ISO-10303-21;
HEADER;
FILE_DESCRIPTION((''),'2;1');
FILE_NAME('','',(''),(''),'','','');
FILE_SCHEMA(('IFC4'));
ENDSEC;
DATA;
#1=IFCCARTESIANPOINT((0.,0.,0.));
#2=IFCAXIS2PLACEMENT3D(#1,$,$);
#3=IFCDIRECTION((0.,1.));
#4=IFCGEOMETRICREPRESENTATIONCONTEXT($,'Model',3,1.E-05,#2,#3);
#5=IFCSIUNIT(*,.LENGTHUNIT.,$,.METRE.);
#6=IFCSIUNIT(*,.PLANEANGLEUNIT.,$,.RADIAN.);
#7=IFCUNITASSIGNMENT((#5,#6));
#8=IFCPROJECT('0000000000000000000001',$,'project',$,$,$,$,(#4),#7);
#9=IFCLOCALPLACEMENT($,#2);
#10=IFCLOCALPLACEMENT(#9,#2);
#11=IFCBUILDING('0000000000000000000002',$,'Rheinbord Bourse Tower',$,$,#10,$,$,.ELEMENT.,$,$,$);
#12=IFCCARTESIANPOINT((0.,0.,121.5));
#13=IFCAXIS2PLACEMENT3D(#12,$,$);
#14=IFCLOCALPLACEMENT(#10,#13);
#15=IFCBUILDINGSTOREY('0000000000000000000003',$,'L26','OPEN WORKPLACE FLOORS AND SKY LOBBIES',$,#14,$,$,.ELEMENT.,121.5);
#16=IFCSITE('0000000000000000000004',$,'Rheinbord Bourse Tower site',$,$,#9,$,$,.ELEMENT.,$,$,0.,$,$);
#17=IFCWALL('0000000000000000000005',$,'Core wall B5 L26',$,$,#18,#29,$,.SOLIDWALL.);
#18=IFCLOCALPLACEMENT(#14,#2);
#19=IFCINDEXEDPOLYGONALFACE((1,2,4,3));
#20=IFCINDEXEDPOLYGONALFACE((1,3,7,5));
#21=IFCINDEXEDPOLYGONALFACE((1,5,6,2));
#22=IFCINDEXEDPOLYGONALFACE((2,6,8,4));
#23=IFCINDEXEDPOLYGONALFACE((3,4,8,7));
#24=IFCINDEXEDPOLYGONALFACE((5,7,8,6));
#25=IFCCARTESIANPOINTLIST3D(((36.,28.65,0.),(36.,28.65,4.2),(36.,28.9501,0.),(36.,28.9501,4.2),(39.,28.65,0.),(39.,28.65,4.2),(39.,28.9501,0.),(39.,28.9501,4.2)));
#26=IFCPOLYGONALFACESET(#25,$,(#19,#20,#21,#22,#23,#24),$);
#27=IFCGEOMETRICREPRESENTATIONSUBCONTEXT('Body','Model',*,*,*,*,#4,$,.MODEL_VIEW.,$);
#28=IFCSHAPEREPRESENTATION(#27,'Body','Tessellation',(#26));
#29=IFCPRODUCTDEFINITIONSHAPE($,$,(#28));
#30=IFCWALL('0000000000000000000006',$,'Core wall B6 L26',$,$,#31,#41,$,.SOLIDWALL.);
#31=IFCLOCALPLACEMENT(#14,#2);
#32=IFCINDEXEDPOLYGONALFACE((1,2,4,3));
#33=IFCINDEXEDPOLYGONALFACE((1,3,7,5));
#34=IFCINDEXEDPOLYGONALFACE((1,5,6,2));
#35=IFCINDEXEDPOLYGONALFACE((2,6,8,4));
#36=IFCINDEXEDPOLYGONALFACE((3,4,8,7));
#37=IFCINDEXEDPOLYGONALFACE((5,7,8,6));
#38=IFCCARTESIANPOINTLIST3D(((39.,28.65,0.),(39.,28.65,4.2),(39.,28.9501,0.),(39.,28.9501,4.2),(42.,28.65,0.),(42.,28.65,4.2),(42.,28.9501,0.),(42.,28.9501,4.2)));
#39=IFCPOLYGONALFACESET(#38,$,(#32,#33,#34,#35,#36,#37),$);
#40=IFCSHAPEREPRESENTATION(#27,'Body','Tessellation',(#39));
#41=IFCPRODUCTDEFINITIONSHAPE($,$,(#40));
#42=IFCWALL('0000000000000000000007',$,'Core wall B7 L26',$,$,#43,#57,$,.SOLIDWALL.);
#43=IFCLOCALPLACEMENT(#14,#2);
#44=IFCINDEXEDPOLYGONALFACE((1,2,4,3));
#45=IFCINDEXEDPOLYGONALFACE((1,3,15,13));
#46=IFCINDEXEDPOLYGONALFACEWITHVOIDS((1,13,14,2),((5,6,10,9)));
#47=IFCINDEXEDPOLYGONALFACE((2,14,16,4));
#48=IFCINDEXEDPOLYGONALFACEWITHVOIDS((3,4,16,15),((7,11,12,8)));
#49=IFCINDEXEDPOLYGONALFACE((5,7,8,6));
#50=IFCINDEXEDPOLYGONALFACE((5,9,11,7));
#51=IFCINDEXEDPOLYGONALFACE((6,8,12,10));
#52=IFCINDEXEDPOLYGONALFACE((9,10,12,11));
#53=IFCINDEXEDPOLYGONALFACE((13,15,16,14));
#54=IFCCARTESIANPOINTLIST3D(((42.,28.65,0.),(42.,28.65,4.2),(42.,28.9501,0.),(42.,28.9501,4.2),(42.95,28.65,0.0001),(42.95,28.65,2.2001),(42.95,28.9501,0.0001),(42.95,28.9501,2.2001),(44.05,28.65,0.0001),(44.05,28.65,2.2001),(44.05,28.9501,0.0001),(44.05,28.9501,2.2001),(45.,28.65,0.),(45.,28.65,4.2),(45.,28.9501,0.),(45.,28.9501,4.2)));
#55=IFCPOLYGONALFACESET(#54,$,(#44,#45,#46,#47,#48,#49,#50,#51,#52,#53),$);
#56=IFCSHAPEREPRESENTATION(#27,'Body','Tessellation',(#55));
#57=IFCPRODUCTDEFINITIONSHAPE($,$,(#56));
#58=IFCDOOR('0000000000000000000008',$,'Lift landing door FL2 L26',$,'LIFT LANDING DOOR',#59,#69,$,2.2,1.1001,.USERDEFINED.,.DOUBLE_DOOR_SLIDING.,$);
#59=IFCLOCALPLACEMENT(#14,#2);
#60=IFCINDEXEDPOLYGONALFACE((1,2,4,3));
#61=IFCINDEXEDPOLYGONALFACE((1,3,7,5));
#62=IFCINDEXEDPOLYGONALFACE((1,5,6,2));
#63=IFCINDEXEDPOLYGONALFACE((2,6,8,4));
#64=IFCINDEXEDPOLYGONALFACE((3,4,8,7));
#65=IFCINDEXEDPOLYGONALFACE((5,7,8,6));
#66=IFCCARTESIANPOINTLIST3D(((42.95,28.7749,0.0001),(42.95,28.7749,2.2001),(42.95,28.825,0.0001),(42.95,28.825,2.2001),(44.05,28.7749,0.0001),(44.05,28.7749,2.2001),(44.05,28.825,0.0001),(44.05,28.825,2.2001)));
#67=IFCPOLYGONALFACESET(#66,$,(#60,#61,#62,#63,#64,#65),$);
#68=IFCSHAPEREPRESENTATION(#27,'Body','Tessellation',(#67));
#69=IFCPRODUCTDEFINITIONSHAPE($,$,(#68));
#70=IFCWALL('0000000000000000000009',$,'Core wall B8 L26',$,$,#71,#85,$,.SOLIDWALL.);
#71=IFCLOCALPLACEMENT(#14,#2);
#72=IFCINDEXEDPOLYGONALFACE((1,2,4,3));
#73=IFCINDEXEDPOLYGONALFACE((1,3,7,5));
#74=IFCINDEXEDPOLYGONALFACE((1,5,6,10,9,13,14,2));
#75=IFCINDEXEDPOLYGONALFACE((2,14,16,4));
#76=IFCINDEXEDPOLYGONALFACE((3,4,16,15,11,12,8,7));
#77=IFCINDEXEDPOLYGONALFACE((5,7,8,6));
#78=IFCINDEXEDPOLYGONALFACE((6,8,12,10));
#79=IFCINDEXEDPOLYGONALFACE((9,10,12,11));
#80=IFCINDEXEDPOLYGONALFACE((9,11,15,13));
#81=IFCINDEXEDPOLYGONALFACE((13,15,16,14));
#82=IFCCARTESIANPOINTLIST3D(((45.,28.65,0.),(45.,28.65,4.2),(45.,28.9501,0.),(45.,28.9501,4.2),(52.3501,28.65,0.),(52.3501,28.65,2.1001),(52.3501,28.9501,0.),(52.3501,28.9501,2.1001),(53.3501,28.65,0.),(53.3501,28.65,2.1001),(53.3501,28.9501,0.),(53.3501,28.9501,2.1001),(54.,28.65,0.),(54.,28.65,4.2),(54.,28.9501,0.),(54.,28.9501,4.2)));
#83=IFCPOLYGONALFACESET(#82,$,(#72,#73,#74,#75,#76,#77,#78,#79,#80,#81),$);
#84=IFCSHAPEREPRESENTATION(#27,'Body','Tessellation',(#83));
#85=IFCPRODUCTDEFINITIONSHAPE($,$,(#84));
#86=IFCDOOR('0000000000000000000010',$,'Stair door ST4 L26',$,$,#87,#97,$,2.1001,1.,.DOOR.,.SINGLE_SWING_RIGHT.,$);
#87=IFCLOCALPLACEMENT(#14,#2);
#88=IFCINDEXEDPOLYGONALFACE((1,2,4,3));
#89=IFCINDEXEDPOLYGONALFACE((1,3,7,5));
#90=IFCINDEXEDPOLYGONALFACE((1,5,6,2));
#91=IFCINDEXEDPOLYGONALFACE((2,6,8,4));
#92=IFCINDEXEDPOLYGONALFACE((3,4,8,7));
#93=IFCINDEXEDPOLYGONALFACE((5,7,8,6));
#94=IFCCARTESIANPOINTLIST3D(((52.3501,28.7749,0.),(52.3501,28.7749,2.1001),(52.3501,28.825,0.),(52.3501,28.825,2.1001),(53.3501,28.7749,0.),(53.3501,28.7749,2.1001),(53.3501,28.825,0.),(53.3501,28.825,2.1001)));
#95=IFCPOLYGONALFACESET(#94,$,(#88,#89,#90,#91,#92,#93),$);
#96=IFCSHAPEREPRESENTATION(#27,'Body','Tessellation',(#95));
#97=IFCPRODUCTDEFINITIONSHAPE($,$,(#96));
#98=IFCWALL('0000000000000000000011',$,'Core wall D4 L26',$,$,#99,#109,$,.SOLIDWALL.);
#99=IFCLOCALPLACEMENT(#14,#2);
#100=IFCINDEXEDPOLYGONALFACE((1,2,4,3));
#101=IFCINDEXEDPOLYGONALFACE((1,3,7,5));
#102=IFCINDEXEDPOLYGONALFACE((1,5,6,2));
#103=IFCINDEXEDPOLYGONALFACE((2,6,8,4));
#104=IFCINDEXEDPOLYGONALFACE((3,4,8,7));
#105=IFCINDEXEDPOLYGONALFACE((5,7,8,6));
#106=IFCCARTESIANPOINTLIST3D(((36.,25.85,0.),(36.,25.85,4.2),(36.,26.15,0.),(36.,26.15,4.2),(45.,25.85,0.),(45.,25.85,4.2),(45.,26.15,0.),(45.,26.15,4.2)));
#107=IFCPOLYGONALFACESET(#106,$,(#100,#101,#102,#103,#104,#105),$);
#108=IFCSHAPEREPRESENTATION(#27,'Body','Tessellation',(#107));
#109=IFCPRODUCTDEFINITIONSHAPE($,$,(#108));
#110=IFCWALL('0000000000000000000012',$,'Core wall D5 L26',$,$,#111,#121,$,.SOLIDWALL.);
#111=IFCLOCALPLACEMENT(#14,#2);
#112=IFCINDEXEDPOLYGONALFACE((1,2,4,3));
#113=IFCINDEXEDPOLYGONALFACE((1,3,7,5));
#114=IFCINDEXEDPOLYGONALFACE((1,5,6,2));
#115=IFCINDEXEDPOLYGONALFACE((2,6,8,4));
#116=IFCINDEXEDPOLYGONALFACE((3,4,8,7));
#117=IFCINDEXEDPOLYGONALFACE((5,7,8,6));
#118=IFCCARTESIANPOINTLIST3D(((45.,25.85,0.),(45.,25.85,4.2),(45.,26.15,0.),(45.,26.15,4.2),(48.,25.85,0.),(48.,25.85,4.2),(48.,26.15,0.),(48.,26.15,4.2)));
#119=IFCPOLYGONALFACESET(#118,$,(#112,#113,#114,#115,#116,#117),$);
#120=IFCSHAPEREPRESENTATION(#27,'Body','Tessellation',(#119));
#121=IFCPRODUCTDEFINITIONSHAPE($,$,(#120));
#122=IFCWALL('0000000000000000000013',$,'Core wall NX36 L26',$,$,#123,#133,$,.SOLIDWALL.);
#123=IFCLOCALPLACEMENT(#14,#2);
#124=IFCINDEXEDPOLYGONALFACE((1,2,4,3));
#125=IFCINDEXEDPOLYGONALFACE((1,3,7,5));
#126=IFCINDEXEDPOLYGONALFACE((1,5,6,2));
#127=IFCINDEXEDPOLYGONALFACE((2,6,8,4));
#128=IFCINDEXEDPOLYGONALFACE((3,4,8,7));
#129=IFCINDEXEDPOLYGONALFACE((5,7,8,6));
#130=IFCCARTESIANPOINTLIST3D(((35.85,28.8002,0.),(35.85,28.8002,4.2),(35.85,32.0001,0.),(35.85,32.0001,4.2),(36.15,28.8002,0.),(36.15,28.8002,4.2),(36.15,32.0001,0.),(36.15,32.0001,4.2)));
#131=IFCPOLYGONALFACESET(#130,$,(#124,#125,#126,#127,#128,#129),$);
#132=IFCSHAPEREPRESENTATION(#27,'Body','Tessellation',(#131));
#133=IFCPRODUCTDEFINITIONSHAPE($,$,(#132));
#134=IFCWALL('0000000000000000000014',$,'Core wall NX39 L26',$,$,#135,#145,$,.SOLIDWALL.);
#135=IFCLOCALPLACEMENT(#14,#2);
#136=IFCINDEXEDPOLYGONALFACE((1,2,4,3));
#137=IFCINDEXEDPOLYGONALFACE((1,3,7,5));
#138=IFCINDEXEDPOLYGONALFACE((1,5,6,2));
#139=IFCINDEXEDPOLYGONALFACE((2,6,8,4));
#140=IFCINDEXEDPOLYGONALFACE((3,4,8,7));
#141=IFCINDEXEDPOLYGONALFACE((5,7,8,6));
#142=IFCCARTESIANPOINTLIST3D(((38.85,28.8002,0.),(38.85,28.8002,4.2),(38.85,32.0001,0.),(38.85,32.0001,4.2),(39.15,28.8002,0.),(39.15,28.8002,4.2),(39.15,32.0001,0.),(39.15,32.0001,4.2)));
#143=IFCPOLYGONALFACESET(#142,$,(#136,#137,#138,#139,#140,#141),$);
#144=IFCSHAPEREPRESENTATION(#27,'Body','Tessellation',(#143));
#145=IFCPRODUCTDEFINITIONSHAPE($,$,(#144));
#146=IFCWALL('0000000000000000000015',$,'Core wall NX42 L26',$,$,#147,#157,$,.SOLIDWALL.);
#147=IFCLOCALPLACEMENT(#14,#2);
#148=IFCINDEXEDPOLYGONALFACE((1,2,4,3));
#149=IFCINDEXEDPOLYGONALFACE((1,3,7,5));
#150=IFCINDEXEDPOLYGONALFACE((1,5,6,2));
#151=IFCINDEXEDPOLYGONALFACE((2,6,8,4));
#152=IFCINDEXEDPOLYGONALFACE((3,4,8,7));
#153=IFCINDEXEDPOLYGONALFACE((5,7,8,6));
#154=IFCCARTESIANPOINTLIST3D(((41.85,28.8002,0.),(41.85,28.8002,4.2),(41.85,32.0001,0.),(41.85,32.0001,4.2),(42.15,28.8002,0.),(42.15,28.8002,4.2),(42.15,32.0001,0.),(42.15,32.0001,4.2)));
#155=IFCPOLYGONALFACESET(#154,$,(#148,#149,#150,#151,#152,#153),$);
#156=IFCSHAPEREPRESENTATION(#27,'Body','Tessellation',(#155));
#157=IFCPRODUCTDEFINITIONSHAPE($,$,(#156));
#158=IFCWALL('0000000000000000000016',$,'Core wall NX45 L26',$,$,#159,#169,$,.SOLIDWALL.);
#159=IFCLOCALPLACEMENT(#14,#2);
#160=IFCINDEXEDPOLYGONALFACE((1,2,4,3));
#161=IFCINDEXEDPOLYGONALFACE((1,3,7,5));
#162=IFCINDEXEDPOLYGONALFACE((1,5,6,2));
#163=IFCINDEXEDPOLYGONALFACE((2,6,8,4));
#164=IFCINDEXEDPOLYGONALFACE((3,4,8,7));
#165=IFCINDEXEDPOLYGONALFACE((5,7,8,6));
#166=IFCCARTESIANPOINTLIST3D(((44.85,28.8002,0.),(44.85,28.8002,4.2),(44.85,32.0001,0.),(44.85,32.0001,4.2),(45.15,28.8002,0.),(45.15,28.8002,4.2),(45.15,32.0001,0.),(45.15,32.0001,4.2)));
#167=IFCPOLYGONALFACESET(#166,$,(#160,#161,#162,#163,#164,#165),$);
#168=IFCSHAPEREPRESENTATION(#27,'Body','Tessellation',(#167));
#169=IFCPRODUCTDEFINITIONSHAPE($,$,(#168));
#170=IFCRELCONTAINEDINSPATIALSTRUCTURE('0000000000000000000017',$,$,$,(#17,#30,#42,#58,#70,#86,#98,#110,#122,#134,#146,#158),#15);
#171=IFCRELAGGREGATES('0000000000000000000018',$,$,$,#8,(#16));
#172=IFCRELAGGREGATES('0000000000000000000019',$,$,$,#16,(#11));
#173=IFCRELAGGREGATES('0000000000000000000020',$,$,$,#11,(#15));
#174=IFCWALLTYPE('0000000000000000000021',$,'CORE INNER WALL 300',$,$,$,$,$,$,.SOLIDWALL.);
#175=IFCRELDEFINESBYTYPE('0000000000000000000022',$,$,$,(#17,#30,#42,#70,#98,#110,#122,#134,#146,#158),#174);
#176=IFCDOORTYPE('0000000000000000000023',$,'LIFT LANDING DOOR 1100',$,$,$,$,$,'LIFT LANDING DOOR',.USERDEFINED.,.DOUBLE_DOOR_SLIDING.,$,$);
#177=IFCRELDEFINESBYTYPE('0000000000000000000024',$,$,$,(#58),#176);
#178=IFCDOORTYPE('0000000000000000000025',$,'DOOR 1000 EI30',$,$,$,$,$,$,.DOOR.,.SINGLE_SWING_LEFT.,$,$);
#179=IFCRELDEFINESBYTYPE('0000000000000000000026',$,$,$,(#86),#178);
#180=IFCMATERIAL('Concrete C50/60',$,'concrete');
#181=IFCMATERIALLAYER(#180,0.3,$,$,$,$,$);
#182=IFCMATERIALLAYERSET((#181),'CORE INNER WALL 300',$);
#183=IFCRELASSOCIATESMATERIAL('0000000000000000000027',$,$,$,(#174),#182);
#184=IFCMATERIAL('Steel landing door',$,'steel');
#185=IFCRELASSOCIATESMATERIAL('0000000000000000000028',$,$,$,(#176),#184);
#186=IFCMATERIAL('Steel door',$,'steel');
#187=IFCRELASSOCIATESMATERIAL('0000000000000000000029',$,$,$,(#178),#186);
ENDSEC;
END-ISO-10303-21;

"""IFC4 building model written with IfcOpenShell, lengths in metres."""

from ifc_helpers import new_model, si_unit, direction, frame, frame_2d, origin, place, context, subcontext, project, spatial, rectangle, extrude, material, layer, layer_set, type_object, element, fill, save


model = new_model("IFC4")

# Units and contexts
model_context = context("Model", 3, precision=1e-05, world=origin(), true_north=direction((0.0, 1.0)))
body_context = subcontext(model_context, "Body", "Model", "MODEL_VIEW")
ifc_project = project(units=[si_unit("LENGTHUNIT", "METRE"), si_unit("PLANEANGLEUNIT", "RADIAN")], contexts=[model_context])

# Site, building, storey
site_placement = place(None, origin())
site = spatial("IfcSite", under=ifc_project, at=site_placement, Name="Rheinbord Bourse Tower site", CompositionType="ELEMENT", RefElevation=0.0)
building_placement = place(site_placement, origin())
building = spatial("IfcBuilding", under=site, at=building_placement, Name="Rheinbord Bourse Tower", CompositionType="ELEMENT")
storey_placement = place(building_placement, frame((0.0, 0.0, 121.5)))
storey = spatial("IfcBuildingStorey", under=building, at=storey_placement, Name="L26", Description="OPEN WORKPLACE FLOORS AND SKY LOBBIES", CompositionType="ELEMENT", Elevation=121.5)

# Walls
ifc_material_1 = material(Name="Concrete C50/60", Category="concrete")
ifc_layer_1 = layer(ifc_material_1, 0.3)
ifc_layer_set_1 = layer_set([ifc_layer_1], Name="CORE INNER WALL 300")
wall_type_1 = type_object("IfcWallType", Name="CORE INNER WALL 300", PredefinedType="SOLIDWALL", material=ifc_layer_set_1)
for number, where, z_axis, x_axis, name in (
    (1, (36.0, 28.8, 0.0), (0.0, 0.0, 1.0), (1.0, 0.0, 0.0), "Core wall B5 L26"),
    (2, (39.0, 28.8, 0.0), (0.0, 0.0, 1.0), (1.0, 0.0, 0.0), "Core wall B6 L26"),
):
    element("IfcWall", number, at=place(storey_placement, frame(where, z_axis=z_axis, x_axis=x_axis)), inside=storey, type_object=wall_type_1, Name=name, PredefinedType="SOLIDWALL", context=body_context, shape_type="SweptSolid", body=[
        extrude(rectangle(XDim=3.0, YDim=0.3, at=frame_2d((1.5, 0.0))), origin(), (0.0, 0.0, 1.0), 4.2),
    ])

# Walls, openings, doors
wall_1_placement = place(storey_placement, frame((42.0, 28.8, 0.0), z_axis=(0.0, 0.0, 1.0), x_axis=(1.0, 0.0, 0.0)))
wall_1 = element("IfcWall", 3, at=wall_1_placement, inside=storey, type_object=wall_type_1, Name="Core wall B7 L26", PredefinedType="SOLIDWALL", context=body_context, shape_type="SweptSolid", body=[
    extrude(rectangle(XDim=3.0, YDim=0.3, at=frame_2d((1.5, 0.0))), origin(), (0.0, 0.0, 1.0), 4.2),
])
opening_1_placement = place(wall_1_placement, frame((0.95, 0.0, 0.0)))
opening_1 = element("IfcOpeningElement", 4, at=opening_1_placement, cuts=wall_1, PredefinedType="OPENING", context=body_context, shape_type="SweptSolid", body=[
    extrude(rectangle(XDim=1.1001, YDim=2.2, at=frame_2d((0.55, 1.1001))), frame((0.0, 0.1599, 0.0), z_axis=(0.0, -1.0, 0.0), x_axis=(1.0, 0.0, 0.0)), (0.0, 0.0, 1.0), 0.3201),
])
ifc_material_2 = material(Name="Steel landing door", Category="steel")
door_type_1 = type_object("IfcDoorType", Name="LIFT LANDING DOOR 1100", ElementType="LIFT LANDING DOOR", OperationType="DOUBLE_DOOR_SLIDING", PredefinedType="USERDEFINED", material=ifc_material_2)
door_1_placement = place(opening_1_placement, origin())
door_1 = element("IfcDoor", 5, at=door_1_placement, inside=storey, type_object=door_type_1, Name="Lift landing door FL2 L26", ObjectType="LIFT LANDING DOOR", OperationType="DOUBLE_DOOR_SLIDING", OverallHeight=2.2, OverallWidth=1.1001, PredefinedType="USERDEFINED", context=body_context, shape_type="SweptSolid", body=[
    extrude(rectangle(XDim=1.1001, YDim=2.2, at=frame_2d((0.55, 1.1001))), frame((0.0, 0.0249, 0.0), z_axis=(0.0, -1.0, 0.0), x_axis=(1.0, 0.0, 0.0)), (0.0, 0.0, 1.0), 0.05),
])
fill(opening_1, door_1)
wall_2_placement = place(storey_placement, frame((45.0, 28.8, 0.0), z_axis=(0.0, 0.0, 1.0), x_axis=(1.0, 0.0, 0.0)))
wall_2 = element("IfcWall", 6, at=wall_2_placement, inside=storey, type_object=wall_type_1, Name="Core wall B8 L26", PredefinedType="SOLIDWALL", context=body_context, shape_type="SweptSolid", body=[
    extrude(rectangle(XDim=9.0, YDim=0.3, at=frame_2d((4.5, 0.0))), origin(), (0.0, 0.0, 1.0), 4.2),
])
opening_2_placement = place(wall_2_placement, frame((7.3501, 0.0, 0.0)))
opening_2 = element("IfcOpeningElement", 7, at=opening_2_placement, cuts=wall_2, PredefinedType="OPENING", context=body_context, shape_type="SweptSolid", body=[
    extrude(rectangle(XDim=1.0, YDim=2.1001, at=frame_2d((0.5, 1.05))), frame((0.0, 0.1599, 0.0), z_axis=(0.0, -1.0, 0.0), x_axis=(1.0, 0.0, 0.0)), (0.0, 0.0, 1.0), 0.3201),
])
ifc_material_3 = material(Name="Steel door", Category="steel")
door_type_2 = type_object("IfcDoorType", Name="DOOR 1000 EI30", OperationType="SINGLE_SWING_LEFT", PredefinedType="DOOR", material=ifc_material_3)
door_2_placement = place(opening_2_placement, origin())
door_2 = element("IfcDoor", 8, at=door_2_placement, inside=storey, type_object=door_type_2, Name="Stair door ST4 L26", OperationType="SINGLE_SWING_RIGHT", OverallHeight=2.1001, OverallWidth=1.0, PredefinedType="DOOR", context=body_context, shape_type="SweptSolid", body=[
    extrude(rectangle(XDim=1.0, YDim=2.1001, at=frame_2d((0.5, 1.05))), frame((0.0, 0.0249, 0.0), z_axis=(0.0, -1.0, 0.0), x_axis=(1.0, 0.0, 0.0)), (0.0, 0.0, 1.0), 0.05),
])
fill(opening_2, door_2)

# Walls
wall_3_placement = place(storey_placement, frame((36.0, 26.0, 0.0), z_axis=(0.0, 0.0, 1.0), x_axis=(1.0, 0.0, 0.0)))
element("IfcWall", 9, at=wall_3_placement, inside=storey, type_object=wall_type_1, Name="Core wall D4 L26", PredefinedType="SOLIDWALL", context=body_context, shape_type="SweptSolid", body=[
    extrude(rectangle(XDim=9.0, YDim=0.3, at=frame_2d((4.5, 0.0))), origin(), (0.0, 0.0, 1.0), 4.2),
])
wall_4_placement = place(storey_placement, frame((45.0, 26.0, 0.0), z_axis=(0.0, 0.0, 1.0), x_axis=(1.0, 0.0, 0.0)))
element("IfcWall", 10, at=wall_4_placement, inside=storey, type_object=wall_type_1, Name="Core wall D5 L26", PredefinedType="SOLIDWALL", context=body_context, shape_type="SweptSolid", body=[
    extrude(rectangle(XDim=3.0, YDim=0.3, at=frame_2d((1.5, 0.0))), origin(), (0.0, 0.0, 1.0), 4.2),
])
for number, where, z_axis, x_axis, name in (
    (11, (36.0, 28.8, 0.0), (0.0, 0.0, 1.0), (0.0, 1.0, 0.0), "Core wall NX36 L26"),
    (12, (39.0, 28.8, 0.0), (0.0, 0.0, 1.0), (0.0, 1.0, 0.0), "Core wall NX39 L26"),
    (13, (42.0, 28.8, 0.0), (0.0, 0.0, 1.0), (0.0, 1.0, 0.0), "Core wall NX42 L26"),
    (14, (45.0, 28.8, 0.0), (0.0, 0.0, 1.0), (0.0, 1.0, 0.0), "Core wall NX45 L26"),
):
    element("IfcWall", number, at=place(storey_placement, frame(where, z_axis=z_axis, x_axis=x_axis)), inside=storey, type_object=wall_type_1, Name=name, PredefinedType="SOLIDWALL", context=body_context, shape_type="SweptSolid", body=[
        extrude(rectangle(XDim=3.2, YDim=0.3, at=frame_2d((1.6001, 0.0))), origin(), (0.0, 0.0, 1.0), 4.2),
    ])

save(model, "model.ifc")
